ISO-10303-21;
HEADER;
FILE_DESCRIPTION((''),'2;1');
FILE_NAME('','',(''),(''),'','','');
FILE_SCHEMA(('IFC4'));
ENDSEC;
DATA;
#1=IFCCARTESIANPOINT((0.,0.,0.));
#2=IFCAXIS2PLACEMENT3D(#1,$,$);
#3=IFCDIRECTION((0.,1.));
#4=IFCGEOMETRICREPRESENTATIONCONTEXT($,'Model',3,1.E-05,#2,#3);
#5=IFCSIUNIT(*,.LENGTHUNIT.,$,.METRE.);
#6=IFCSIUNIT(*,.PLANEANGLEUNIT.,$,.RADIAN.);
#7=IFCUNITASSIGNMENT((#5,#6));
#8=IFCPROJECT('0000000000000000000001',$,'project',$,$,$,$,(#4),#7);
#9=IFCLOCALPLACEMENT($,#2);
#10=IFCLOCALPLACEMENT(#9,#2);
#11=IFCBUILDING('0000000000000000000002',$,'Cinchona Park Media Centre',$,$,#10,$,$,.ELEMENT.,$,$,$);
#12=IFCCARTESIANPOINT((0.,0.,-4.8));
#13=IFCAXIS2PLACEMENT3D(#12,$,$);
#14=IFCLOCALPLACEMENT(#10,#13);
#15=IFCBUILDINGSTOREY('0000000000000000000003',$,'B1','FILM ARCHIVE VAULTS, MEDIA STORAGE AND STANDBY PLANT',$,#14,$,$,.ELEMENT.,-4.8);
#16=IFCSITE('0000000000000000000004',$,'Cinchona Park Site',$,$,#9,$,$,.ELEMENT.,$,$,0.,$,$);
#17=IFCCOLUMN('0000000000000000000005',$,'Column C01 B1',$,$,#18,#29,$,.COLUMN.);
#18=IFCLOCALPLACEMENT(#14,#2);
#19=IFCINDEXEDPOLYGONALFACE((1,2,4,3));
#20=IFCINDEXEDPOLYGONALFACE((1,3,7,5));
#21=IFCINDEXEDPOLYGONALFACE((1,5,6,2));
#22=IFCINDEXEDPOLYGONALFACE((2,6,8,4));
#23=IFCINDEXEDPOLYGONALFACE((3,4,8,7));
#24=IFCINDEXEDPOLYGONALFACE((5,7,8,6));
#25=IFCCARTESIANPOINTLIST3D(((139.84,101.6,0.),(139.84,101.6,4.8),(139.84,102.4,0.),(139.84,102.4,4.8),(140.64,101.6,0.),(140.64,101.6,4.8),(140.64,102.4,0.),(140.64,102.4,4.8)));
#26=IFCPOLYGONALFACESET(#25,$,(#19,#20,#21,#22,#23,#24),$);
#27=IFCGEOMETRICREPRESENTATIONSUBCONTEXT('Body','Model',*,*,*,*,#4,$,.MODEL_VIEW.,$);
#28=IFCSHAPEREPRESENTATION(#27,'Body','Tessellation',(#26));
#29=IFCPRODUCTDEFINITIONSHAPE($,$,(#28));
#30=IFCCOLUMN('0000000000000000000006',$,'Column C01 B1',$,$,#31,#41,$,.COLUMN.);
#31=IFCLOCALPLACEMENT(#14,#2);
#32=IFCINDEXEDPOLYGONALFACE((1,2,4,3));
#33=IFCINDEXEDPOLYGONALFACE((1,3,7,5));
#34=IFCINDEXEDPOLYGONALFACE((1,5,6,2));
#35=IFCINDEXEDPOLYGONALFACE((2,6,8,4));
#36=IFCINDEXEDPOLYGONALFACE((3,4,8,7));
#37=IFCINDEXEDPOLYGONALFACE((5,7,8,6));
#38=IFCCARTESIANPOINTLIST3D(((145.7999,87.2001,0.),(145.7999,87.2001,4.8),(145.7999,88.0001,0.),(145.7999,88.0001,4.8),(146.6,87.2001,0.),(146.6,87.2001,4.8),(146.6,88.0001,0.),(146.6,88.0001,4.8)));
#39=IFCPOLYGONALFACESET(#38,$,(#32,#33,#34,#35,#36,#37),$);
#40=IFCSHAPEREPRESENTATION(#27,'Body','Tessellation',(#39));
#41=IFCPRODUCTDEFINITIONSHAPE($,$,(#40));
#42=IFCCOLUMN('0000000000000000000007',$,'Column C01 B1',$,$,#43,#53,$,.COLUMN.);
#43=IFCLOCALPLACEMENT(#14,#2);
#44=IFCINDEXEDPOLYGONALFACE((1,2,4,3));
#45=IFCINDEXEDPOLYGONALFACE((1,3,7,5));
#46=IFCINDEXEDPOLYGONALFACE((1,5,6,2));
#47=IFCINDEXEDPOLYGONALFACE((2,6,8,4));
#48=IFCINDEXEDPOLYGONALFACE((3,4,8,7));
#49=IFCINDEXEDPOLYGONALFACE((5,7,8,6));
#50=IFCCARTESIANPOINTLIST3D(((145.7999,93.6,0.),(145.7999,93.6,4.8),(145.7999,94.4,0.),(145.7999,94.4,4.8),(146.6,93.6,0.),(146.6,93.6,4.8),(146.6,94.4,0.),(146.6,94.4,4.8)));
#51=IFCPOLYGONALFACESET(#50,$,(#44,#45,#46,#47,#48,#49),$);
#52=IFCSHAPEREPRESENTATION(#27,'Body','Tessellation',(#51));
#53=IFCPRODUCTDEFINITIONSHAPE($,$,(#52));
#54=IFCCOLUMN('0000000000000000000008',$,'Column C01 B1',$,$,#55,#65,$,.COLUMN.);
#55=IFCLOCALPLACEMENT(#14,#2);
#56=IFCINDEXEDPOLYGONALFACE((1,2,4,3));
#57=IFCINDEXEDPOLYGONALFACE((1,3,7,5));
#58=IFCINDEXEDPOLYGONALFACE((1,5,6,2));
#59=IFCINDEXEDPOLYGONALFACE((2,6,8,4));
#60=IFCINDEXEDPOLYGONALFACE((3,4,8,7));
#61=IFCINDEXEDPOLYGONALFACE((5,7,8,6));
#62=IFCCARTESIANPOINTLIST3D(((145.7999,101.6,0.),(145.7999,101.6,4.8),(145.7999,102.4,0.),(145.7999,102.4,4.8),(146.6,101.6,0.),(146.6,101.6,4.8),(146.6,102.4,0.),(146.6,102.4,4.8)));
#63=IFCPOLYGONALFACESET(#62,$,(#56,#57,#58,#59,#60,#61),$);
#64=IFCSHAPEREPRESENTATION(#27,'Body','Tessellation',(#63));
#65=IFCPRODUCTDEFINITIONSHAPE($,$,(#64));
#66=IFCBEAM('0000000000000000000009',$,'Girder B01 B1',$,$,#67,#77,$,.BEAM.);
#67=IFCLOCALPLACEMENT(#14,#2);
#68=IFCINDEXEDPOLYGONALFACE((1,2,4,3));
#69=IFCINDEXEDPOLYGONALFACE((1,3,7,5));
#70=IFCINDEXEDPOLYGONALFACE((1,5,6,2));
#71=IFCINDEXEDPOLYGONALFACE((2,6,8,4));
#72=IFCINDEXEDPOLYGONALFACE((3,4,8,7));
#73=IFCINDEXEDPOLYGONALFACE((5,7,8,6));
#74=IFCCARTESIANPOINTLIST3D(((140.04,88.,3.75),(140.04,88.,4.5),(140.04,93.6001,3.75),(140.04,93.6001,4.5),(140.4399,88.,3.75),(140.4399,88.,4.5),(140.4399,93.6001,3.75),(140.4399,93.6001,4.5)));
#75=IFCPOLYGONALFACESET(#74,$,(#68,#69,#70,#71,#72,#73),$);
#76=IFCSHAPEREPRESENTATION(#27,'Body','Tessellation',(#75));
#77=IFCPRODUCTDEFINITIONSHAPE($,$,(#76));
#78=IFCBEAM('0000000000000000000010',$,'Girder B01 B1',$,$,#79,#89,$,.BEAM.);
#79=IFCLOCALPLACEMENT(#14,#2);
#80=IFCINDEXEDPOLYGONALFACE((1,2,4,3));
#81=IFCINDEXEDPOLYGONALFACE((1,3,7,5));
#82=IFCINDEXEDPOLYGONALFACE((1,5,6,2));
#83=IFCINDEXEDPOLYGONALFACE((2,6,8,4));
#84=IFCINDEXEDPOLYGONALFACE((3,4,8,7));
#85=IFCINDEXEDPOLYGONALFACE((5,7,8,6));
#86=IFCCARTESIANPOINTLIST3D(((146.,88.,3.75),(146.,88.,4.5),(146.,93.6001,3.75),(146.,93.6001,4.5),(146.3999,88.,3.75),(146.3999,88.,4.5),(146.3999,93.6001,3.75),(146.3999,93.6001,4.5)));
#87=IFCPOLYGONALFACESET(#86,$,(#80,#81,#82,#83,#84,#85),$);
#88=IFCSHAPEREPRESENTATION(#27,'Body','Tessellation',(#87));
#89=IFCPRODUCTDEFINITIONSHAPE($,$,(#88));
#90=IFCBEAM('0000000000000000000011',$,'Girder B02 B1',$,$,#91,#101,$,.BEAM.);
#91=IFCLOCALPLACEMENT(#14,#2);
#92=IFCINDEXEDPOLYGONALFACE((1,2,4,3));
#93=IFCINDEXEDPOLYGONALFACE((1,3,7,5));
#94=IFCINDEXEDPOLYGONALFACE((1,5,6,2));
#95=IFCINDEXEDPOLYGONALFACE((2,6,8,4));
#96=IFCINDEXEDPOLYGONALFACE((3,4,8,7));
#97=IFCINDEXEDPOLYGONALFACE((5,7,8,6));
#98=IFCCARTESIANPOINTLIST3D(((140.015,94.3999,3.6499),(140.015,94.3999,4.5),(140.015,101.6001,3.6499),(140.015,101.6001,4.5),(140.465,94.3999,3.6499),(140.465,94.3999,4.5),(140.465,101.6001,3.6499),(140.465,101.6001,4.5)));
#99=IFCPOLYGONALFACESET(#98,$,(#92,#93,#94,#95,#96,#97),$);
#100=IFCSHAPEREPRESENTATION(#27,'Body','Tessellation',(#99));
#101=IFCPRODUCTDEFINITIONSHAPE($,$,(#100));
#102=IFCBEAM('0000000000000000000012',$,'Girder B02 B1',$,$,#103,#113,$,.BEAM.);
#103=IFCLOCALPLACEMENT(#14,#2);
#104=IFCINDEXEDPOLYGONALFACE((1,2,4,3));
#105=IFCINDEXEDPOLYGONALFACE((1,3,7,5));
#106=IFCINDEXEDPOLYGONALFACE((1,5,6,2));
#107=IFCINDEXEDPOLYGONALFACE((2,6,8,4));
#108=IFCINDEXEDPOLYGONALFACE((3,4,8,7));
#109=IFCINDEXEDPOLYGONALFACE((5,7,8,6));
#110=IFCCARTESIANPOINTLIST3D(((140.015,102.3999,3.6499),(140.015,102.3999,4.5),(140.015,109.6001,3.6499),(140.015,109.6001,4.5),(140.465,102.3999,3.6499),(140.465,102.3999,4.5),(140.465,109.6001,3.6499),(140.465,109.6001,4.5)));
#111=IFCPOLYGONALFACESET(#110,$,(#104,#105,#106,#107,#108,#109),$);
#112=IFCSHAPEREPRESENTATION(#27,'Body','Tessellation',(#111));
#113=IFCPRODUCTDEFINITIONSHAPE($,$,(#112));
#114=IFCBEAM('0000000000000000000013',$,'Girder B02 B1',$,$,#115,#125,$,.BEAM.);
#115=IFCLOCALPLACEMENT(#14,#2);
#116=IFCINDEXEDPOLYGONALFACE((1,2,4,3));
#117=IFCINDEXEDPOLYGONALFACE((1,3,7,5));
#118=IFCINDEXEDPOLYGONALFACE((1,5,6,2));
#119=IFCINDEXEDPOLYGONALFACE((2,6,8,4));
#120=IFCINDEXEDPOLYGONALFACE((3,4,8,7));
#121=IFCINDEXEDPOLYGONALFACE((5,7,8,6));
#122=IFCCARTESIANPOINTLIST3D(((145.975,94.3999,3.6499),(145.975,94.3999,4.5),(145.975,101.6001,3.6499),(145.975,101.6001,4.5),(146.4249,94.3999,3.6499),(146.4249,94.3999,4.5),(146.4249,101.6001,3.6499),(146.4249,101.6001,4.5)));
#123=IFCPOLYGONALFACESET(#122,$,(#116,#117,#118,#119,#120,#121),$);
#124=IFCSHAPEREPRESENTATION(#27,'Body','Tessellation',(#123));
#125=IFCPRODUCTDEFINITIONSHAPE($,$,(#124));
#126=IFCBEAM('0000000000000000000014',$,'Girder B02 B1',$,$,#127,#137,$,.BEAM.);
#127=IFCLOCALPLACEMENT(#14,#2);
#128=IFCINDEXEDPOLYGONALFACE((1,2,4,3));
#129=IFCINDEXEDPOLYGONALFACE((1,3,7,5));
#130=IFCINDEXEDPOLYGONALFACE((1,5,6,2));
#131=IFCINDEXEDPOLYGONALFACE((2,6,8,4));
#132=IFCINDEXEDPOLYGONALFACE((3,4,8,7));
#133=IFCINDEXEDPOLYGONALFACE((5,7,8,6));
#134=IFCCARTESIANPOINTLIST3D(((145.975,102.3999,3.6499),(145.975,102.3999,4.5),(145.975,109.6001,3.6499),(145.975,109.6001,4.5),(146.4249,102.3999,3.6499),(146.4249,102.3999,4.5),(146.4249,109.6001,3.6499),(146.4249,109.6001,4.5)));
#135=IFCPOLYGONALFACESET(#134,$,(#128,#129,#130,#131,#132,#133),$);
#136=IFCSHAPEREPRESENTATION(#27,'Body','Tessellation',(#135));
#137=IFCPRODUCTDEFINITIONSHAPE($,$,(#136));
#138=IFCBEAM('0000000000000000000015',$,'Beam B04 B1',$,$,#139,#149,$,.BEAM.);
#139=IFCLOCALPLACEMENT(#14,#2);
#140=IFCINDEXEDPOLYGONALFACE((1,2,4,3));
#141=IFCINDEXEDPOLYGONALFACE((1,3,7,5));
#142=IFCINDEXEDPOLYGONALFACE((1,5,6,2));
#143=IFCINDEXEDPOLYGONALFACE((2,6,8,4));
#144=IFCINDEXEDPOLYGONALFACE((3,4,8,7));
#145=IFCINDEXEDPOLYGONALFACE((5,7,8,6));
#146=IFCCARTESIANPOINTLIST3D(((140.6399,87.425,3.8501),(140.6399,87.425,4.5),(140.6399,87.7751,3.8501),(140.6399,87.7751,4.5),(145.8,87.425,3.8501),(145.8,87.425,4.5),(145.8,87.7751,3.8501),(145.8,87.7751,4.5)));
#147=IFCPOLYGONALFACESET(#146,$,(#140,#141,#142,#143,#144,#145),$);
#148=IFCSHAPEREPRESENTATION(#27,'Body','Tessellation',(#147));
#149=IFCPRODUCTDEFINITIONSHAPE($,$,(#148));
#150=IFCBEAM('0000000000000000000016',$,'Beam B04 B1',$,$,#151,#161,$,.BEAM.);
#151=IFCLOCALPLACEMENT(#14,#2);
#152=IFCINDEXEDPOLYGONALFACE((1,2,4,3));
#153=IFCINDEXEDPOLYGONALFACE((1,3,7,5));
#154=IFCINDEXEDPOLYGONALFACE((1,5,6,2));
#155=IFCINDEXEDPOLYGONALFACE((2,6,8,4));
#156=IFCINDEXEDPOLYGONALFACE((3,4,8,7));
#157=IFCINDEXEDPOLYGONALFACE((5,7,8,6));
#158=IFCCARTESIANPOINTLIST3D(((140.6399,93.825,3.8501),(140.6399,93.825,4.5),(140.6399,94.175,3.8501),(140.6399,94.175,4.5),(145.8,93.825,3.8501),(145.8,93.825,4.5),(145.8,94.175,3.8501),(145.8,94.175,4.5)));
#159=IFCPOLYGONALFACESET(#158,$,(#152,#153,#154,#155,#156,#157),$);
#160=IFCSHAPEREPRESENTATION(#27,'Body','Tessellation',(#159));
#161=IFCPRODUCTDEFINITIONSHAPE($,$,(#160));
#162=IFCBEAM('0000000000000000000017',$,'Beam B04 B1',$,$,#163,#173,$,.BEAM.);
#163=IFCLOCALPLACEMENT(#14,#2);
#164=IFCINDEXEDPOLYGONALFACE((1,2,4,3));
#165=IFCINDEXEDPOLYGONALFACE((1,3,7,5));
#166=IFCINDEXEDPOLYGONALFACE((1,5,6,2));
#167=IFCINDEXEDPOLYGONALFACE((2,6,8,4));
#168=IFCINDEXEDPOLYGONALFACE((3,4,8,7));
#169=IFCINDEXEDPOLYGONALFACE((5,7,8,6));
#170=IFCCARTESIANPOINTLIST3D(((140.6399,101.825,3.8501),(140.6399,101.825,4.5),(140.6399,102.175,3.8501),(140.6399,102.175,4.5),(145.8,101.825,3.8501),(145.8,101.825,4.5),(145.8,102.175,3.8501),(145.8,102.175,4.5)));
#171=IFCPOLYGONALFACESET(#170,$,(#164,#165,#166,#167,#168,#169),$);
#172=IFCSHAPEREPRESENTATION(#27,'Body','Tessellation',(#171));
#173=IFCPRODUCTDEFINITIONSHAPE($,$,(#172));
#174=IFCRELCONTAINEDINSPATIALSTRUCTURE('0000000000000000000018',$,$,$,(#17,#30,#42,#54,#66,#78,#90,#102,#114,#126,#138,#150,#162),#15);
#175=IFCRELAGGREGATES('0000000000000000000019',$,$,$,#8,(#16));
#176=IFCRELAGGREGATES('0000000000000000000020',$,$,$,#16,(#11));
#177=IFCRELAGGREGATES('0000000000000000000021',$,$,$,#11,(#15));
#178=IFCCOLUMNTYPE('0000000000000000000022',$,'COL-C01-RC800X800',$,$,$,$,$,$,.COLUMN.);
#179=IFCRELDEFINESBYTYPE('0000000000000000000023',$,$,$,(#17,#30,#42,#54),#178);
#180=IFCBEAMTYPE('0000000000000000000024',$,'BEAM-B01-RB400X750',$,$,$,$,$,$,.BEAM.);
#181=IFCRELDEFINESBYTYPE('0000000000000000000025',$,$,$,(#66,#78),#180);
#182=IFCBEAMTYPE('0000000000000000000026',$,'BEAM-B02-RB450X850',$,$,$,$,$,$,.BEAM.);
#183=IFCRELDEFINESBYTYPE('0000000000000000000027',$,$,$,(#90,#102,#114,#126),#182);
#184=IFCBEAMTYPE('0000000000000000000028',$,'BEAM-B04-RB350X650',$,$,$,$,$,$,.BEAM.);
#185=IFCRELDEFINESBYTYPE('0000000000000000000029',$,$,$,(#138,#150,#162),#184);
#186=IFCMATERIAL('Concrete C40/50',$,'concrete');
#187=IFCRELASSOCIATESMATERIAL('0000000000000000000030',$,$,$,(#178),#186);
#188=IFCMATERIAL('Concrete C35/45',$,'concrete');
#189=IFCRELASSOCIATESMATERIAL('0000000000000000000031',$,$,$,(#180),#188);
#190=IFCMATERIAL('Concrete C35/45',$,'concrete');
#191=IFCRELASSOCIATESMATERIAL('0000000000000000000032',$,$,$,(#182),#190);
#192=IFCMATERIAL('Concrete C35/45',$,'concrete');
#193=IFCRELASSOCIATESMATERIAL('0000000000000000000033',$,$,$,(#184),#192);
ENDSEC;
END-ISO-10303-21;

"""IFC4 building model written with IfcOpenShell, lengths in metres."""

from ifc_helpers import new_model, si_unit, direction, frame, origin, origin_2d, place, context, subcontext, project, spatial, rectangle, extrude, material, material_profile, profile_set, type_object, element, save


model = new_model("IFC4")

# Units and contexts
model_context = context("Model", 3, precision=1e-05, world=origin(), true_north=direction((0.0, 1.0)))
body_context = subcontext(model_context, "Body", "Model", "MODEL_VIEW")
ifc_project = project(units=[si_unit("LENGTHUNIT", "METRE"), si_unit("PLANEANGLEUNIT", "RADIAN")], contexts=[model_context])

# Site, building, storey
site_placement = place(None, origin())
site = spatial("IfcSite", under=ifc_project, at=site_placement, Name="Cinchona Park Site", CompositionType="ELEMENT", RefElevation=0.0)
building_placement = place(site_placement, origin())
building = spatial("IfcBuilding", under=site, at=building_placement, Name="Cinchona Park Media Centre", CompositionType="ELEMENT")
storey_placement = place(building_placement, frame((0.0, 0.0, -4.8)))
storey = spatial("IfcBuildingStorey", under=building, at=storey_placement, Name="B1", Description="FILM ARCHIVE VAULTS, MEDIA STORAGE AND STANDBY PLANT", CompositionType="ELEMENT", Elevation=-4.8)

# Columns
ifc_material_1 = material(Name="Concrete C40/50", Category="concrete")
ifc_material_profile_1 = material_profile(ifc_material_1, rectangle(XDim=0.8, YDim=0.8, at=origin_2d()), Name="RC 800X800")
ifc_profile_set_1 = profile_set([ifc_material_profile_1], Name="Concrete C40/50")
column_type = type_object("IfcColumnType", Name="COL-C01-RC800X800", PredefinedType="COLUMN", material=ifc_profile_set_1)
for number, where, z_axis, x_axis, name in (
    (1, (140.24, 102.0, 0.0), (0.0, 0.0, 1.0), (1.0, 0.0, 0.0), "Column C01 B1"),
    (2, (146.2, 87.6001, 0.0), (0.0, 0.0, 1.0), (1.0, 0.0, 0.0), "Column C01 B1"),
    (3, (146.2, 94.0, 0.0), (0.0, 0.0, 1.0), (1.0, 0.0, 0.0), "Column C01 B1"),
    (4, (146.2, 102.0, 0.0), (0.0, 0.0, 1.0), (1.0, 0.0, 0.0), "Column C01 B1"),
):
    element("IfcColumn", number, at=place(storey_placement, frame(where, z_axis=z_axis, x_axis=x_axis)), inside=storey, type_object=column_type, Name=name, PredefinedType="COLUMN", context=body_context, shape_type="SweptSolid", body=[
        extrude(rectangle(XDim=0.8, YDim=0.8, at=origin_2d()), origin(), (0.0, 0.0, 1.0), 4.8),
    ])

# Beams
ifc_material_2 = material(Name="Concrete C35/45", Category="concrete")
ifc_material_profile_2 = material_profile(ifc_material_2, rectangle(XDim=0.3999, YDim=0.75, at=origin_2d()), Name="RB 400X750")
ifc_profile_set_2 = profile_set([ifc_material_profile_2], Name="Concrete C35/45")
beam_type_1 = type_object("IfcBeamType", Name="BEAM-B01-RB400X750", PredefinedType="BEAM", material=ifc_profile_set_2)
for number, where, z_axis, x_axis, name in (
    (5, (140.24, 88.0, 4.125), (0.0, 1.0, 0.0), (-1.0, 0.0, 0.0), "Girder B01 B1"),
    (6, (146.2, 88.0, 4.125), (0.0, 1.0, 0.0), (-1.0, 0.0, 0.0), "Girder B01 B1"),
):
    element("IfcBeam", number, at=place(storey_placement, frame(where, z_axis=z_axis, x_axis=x_axis)), inside=storey, type_object=beam_type_1, Name=name, PredefinedType="BEAM", context=body_context, shape_type="SweptSolid", body=[
        extrude(rectangle(XDim=0.3999, YDim=0.75, at=origin_2d()), origin(), (0.0, 0.0, 1.0), 5.6001),
    ])
ifc_material_3 = material(Name="Concrete C35/45", Category="concrete")
ifc_material_profile_3 = material_profile(ifc_material_3, rectangle(XDim=0.45, YDim=0.8501, at=origin_2d()), Name="RB 450X850")
ifc_profile_set_3 = profile_set([ifc_material_profile_3], Name="Concrete C35/45")
beam_type_2 = type_object("IfcBeamType", Name="BEAM-B02-RB450X850", PredefinedType="BEAM", material=ifc_profile_set_3)
for number, where, z_axis, x_axis, name in (
    (7, (140.24, 94.3999, 4.075), (0.0, 1.0, 0.0), (-1.0, 0.0, 0.0), "Girder B02 B1"),
    (8, (140.24, 102.3999, 4.075), (0.0, 1.0, 0.0), (-1.0, 0.0, 0.0), "Girder B02 B1"),
    (9, (146.2, 94.3999, 4.075), (0.0, 1.0, 0.0), (-1.0, 0.0, 0.0), "Girder B02 B1"),
    (10, (146.2, 102.3999, 4.075), (0.0, 1.0, 0.0), (-1.0, 0.0, 0.0), "Girder B02 B1"),
):
    element("IfcBeam", number, at=place(storey_placement, frame(where, z_axis=z_axis, x_axis=x_axis)), inside=storey, type_object=beam_type_2, Name=name, PredefinedType="BEAM", context=body_context, shape_type="SweptSolid", body=[
        extrude(rectangle(XDim=0.45, YDim=0.8501, at=origin_2d()), origin(), (0.0, 0.0, 1.0), 7.2002),
    ])
ifc_material_4 = material(Name="Concrete C35/45", Category="concrete")
ifc_material_profile_4 = material_profile(ifc_material_4, rectangle(XDim=0.3501, YDim=0.6499, at=origin_2d()), Name="RB 350X650")
ifc_profile_set_4 = profile_set([ifc_material_profile_4], Name="Concrete C35/45")
beam_type_3 = type_object("IfcBeamType", Name="BEAM-B04-RB350X650", PredefinedType="BEAM", material=ifc_profile_set_4)
for number, where, z_axis, x_axis, name in (
    (11, (140.6399, 87.6001, 4.175), (1.0, 0.0, 0.0), (0.0, 1.0, 0.0), "Beam B04 B1"),
    (12, (140.6399, 94.0, 4.175), (1.0, 0.0, 0.0), (0.0, 1.0, 0.0), "Beam B04 B1"),
    (13, (140.6399, 102.0, 4.175), (1.0, 0.0, 0.0), (0.0, 1.0, 0.0), "Beam B04 B1"),
):
    element("IfcBeam", number, at=place(storey_placement, frame(where, z_axis=z_axis, x_axis=x_axis)), inside=storey, type_object=beam_type_3, Name=name, PredefinedType="BEAM", context=body_context, shape_type="SweptSolid", body=[
        extrude(rectangle(XDim=0.3501, YDim=0.6499, at=origin_2d()), origin(), (0.0, 0.0, 1.0), 5.1602),
    ])

save(model, "model.ifc")
